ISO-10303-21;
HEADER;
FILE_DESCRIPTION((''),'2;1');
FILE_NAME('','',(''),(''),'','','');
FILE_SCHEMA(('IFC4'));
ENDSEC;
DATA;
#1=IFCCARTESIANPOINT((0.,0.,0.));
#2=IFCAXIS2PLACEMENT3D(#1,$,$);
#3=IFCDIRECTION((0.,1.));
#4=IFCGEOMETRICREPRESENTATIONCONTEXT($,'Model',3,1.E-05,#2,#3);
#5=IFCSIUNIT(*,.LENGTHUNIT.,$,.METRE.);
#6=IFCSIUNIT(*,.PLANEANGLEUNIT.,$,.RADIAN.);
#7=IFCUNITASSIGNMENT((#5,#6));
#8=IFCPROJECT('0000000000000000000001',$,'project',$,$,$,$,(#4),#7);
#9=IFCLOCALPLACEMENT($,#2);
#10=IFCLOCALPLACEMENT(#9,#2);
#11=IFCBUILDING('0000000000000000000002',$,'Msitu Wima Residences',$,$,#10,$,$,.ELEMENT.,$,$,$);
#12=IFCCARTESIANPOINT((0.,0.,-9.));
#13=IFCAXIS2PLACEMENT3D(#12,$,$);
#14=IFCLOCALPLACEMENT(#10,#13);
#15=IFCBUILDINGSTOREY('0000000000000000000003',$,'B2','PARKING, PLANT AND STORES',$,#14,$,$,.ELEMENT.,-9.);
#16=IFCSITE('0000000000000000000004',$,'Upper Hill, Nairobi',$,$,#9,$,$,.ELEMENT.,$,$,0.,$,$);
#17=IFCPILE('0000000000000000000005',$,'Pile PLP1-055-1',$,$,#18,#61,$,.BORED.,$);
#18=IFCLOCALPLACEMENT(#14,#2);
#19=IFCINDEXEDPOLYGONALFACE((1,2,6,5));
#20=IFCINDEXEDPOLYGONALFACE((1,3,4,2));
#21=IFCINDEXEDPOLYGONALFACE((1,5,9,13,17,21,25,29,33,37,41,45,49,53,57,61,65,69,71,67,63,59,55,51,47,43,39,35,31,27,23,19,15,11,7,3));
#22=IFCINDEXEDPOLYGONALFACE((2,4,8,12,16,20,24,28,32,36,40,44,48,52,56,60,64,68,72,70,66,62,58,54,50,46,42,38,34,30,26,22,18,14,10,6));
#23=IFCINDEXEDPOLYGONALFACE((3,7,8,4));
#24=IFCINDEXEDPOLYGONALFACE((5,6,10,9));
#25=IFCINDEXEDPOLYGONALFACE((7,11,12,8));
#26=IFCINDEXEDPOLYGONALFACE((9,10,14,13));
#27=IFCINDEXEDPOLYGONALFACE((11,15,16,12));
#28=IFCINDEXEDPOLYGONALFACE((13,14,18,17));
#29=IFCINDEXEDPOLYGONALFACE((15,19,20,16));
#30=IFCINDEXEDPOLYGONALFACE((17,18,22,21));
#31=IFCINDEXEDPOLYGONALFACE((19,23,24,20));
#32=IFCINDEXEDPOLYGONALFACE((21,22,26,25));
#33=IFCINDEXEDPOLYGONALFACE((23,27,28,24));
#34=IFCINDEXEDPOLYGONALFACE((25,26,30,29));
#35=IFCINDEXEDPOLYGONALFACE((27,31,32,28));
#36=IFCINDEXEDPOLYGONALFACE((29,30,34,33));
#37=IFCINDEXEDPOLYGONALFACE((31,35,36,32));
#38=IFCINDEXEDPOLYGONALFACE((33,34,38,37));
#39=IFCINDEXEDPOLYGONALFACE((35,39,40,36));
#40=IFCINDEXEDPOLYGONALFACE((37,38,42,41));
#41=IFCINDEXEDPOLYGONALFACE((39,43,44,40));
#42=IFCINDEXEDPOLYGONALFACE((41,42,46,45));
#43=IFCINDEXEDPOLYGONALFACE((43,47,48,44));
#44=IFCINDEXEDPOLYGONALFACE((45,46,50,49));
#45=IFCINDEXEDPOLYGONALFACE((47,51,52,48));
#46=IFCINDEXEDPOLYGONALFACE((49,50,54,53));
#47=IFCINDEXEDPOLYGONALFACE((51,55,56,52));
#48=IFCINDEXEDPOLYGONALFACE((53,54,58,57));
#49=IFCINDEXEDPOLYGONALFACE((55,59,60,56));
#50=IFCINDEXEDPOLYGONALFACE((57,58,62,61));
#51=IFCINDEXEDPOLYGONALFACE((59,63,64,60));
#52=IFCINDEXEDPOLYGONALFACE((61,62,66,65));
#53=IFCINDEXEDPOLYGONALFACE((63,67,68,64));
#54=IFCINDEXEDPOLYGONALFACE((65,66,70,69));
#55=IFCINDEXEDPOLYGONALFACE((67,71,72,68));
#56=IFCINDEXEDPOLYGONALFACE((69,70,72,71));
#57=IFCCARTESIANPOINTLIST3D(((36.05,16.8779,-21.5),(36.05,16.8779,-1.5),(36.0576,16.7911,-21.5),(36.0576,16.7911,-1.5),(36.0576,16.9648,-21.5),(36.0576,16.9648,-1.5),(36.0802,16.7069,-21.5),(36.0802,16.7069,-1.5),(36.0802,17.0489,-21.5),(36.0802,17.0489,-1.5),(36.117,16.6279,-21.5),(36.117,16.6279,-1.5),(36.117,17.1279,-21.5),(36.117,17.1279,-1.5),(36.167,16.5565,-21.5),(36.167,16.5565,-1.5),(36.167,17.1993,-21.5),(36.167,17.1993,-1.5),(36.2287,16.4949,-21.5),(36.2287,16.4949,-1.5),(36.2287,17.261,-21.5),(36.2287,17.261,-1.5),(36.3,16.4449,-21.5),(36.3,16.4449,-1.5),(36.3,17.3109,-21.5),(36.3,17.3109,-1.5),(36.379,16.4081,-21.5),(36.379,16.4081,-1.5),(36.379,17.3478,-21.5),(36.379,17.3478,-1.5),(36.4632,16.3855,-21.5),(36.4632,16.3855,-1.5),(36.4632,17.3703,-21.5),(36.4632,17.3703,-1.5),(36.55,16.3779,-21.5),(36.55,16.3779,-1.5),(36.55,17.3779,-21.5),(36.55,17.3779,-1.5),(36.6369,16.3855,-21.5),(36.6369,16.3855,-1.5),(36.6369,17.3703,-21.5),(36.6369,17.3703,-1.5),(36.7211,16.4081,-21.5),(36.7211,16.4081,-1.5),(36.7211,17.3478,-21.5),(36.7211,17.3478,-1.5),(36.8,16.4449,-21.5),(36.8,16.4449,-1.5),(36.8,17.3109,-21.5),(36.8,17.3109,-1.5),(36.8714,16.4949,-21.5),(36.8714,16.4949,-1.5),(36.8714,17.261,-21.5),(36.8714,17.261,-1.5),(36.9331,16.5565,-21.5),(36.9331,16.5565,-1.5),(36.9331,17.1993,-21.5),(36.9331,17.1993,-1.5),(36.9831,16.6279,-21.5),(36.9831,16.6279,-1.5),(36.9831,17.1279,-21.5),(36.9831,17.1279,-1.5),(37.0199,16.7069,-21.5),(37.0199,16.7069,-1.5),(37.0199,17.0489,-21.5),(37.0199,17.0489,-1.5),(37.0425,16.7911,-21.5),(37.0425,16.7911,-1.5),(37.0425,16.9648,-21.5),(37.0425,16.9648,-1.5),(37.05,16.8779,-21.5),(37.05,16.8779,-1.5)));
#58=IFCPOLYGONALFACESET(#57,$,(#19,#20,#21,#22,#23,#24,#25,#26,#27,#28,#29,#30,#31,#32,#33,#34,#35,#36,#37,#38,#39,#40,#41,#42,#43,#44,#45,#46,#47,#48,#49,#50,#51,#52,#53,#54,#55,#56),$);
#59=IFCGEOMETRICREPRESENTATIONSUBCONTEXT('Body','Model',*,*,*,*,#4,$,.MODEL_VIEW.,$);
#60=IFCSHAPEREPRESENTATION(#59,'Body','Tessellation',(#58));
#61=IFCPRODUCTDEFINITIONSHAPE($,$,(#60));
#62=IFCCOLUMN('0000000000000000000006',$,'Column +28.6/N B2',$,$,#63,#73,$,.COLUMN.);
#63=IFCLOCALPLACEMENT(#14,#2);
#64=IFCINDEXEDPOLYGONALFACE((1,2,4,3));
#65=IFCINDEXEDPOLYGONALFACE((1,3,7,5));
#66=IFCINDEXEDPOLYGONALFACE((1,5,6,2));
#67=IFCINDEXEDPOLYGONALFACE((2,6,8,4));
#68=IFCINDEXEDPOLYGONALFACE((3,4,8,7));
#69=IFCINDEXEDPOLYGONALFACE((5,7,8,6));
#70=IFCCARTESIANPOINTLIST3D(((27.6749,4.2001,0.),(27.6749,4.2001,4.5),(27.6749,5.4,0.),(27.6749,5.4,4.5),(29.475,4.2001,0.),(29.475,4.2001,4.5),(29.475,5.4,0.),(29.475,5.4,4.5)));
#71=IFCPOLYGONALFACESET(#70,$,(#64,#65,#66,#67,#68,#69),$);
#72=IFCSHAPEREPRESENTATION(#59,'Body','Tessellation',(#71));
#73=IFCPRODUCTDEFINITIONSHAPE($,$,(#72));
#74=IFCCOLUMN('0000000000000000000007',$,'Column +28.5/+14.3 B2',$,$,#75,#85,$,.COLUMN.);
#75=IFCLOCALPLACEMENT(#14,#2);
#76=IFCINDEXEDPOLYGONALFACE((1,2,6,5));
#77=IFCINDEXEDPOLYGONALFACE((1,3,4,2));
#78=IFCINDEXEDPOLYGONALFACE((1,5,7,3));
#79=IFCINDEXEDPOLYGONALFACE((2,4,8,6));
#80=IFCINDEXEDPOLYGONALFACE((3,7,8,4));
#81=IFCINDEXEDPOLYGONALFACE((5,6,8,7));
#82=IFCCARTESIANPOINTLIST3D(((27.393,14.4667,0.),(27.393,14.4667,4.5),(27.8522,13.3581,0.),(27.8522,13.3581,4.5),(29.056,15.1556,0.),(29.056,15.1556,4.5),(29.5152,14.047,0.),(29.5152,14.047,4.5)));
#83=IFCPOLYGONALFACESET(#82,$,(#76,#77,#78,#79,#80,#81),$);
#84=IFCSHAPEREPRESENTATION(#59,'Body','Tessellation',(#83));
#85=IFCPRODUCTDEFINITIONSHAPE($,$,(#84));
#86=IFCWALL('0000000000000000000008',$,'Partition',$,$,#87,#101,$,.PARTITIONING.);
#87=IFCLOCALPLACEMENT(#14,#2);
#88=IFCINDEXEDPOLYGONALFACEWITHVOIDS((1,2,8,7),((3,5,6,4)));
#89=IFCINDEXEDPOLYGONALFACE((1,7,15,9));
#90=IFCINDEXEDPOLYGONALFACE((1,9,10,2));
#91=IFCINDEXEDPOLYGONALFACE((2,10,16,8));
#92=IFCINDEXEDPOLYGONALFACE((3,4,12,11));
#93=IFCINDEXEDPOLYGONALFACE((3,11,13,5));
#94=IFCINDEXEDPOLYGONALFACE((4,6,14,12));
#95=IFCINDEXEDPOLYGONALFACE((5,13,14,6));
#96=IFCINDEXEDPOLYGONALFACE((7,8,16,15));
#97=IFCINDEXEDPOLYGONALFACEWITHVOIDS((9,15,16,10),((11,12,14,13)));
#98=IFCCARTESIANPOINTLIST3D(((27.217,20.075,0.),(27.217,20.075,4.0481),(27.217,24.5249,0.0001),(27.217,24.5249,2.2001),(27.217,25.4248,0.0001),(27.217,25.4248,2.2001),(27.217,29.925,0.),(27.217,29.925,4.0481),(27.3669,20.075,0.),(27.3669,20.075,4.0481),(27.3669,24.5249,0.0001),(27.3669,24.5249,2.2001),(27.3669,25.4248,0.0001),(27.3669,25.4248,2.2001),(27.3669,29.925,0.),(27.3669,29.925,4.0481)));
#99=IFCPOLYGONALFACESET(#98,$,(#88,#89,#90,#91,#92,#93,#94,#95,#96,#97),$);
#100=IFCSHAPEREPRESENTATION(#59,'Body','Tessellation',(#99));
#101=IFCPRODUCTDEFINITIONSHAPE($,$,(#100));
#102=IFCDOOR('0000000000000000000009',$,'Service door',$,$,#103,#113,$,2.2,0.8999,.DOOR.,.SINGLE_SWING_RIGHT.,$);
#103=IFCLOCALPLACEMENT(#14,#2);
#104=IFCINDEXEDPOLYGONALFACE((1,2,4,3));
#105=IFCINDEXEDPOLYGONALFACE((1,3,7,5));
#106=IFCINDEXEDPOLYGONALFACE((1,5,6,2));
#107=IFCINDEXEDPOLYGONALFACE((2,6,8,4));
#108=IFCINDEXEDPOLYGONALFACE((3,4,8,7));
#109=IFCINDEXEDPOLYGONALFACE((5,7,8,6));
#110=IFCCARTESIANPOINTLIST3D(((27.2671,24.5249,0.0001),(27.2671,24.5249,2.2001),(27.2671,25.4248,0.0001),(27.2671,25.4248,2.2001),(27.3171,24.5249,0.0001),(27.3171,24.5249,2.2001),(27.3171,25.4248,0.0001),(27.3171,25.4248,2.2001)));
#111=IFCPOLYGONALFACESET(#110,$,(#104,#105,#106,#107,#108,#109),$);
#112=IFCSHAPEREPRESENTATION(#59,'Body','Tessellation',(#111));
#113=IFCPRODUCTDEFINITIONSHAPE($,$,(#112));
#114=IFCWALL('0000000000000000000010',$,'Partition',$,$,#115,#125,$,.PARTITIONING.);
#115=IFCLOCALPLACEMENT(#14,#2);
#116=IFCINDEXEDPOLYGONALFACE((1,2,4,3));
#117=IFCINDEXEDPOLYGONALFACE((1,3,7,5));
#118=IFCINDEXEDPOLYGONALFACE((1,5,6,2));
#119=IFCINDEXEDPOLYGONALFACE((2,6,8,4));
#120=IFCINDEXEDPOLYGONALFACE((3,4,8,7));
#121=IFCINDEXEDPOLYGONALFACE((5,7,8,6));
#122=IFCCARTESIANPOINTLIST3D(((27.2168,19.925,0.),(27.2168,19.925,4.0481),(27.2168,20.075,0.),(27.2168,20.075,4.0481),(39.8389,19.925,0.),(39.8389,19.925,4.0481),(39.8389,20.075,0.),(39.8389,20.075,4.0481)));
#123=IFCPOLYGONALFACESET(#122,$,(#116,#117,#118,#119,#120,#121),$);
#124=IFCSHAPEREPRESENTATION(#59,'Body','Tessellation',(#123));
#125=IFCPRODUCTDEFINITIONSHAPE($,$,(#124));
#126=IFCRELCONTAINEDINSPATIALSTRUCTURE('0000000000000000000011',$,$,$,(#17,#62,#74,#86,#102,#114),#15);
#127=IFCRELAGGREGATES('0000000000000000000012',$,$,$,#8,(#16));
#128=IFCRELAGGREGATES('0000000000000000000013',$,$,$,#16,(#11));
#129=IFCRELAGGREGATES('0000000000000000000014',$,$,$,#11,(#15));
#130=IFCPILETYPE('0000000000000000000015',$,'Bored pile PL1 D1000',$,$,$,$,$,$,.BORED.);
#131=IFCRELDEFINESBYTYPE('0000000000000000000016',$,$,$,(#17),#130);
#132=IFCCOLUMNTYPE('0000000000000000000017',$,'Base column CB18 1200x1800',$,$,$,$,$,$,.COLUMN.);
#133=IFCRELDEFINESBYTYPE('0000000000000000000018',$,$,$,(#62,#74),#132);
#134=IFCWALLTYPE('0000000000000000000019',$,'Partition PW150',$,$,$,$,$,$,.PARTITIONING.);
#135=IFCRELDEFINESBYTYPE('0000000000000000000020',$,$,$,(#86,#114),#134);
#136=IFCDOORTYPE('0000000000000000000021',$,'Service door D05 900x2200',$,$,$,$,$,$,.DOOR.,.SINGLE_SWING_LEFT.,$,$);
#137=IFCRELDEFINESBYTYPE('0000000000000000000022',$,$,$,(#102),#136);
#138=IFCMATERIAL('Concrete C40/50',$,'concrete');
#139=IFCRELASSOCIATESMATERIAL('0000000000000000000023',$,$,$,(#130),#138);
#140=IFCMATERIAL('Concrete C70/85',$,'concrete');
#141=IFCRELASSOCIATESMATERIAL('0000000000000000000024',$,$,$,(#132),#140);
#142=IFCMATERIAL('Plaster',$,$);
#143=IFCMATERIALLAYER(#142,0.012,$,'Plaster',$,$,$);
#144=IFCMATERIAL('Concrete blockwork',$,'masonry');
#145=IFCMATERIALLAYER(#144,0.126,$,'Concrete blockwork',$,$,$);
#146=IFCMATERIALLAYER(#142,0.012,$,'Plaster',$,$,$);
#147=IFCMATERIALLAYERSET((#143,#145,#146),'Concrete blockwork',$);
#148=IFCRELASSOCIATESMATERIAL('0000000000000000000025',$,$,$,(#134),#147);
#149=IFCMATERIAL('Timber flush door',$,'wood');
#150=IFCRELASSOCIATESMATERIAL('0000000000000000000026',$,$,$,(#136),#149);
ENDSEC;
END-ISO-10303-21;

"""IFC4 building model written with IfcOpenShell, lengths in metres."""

from ifc_helpers import new_model, si_unit, direction, frame, frame_2d, origin, origin_2d, place, context, subcontext, project, spatial, rectangle, circle, extrude, material, layer, layer_set, material_profile, profile_set, type_object, element, fill, save


model = new_model("IFC4")

# Units and contexts
model_context = context("Model", 3, precision=1e-05, world=origin(), true_north=direction((0.0, 1.0)))
body_context = subcontext(model_context, "Body", "Model", "MODEL_VIEW")
ifc_project = project(units=[si_unit("LENGTHUNIT", "METRE"), si_unit("PLANEANGLEUNIT", "RADIAN")], contexts=[model_context])

# Site, building, storey
site_placement = place(None, origin())
site = spatial("IfcSite", under=ifc_project, at=site_placement, Name="Upper Hill, Nairobi", CompositionType="ELEMENT", RefElevation=0.0)
building_placement = place(site_placement, origin())
building = spatial("IfcBuilding", under=site, at=building_placement, Name="Msitu Wima Residences", CompositionType="ELEMENT")
storey_placement = place(building_placement, frame((0.0, 0.0, -9.0)))
storey = spatial("IfcBuildingStorey", under=building, at=storey_placement, Name="B2", Description="PARKING, PLANT AND STORES", CompositionType="ELEMENT", Elevation=-9.0)

# Pile
ifc_material_1 = material(Name="Concrete C40/50", Category="concrete")
pile_type_1 = type_object("IfcPileType", Name="Bored pile PL1 D1000", PredefinedType="BORED", material=ifc_material_1)
for number, where, z_axis, x_axis, name in (
    (1, (36.55, 16.8779, -1.5), (0.0, 0.0, -1.0), (1.0, 0.0, 0.0), "Pile PLP1-055-1"),
):
    element("IfcPile", number, at=place(storey_placement, frame(where, z_axis=z_axis, x_axis=x_axis)), inside=storey, type_object=pile_type_1, Name=name, PredefinedType="BORED", context=body_context, shape_type="SweptSolid", body=[
        extrude(circle(Radius=0.5, at=origin_2d()), origin(), (0.0, 0.0, 1.0), 20.0),
    ])

# Columns
ifc_material_2 = material(Name="Concrete C70/85", Category="concrete")
ifc_material_profile = material_profile(ifc_material_2, rectangle(XDim=1.2, YDim=1.8, at=origin_2d()), Name="RC 1200x1800")
ifc_profile_set = profile_set([ifc_material_profile], Name="Concrete C70/85")
column_type = type_object("IfcColumnType", Name="Base column CB18 1200x1800", PredefinedType="COLUMN", material=ifc_profile_set)
for number, where, z_axis, x_axis, name in (
    (2, (28.575, 4.8, 0.0), (0.0, 0.0, 1.0), (0.0, 1.0, 0.0), "Column +28.6/N B2"),
    (3, (28.4541, 14.2568, 0.0), (0.0, 0.0, 1.0), (-0.382683, 0.92388, 0.0), "Column +28.5/+14.3 B2"),
):
    element("IfcColumn", number, at=place(storey_placement, frame(where, z_axis=z_axis, x_axis=x_axis)), inside=storey, type_object=column_type, Name=name, PredefinedType="COLUMN", context=body_context, shape_type="SweptSolid", body=[
        extrude(rectangle(XDim=1.2, YDim=1.8, at=origin_2d()), origin(), (0.0, 0.0, 1.0), 4.5),
    ])

# Wall, opening, door
ifc_material_3 = material(Name="Plaster")
ifc_layer_1 = layer(ifc_material_3, 0.012, Name="Plaster")
ifc_material_4 = material(Name="Concrete blockwork", Category="masonry")
ifc_layer_2 = layer(ifc_material_4, 0.126, Name="Concrete blockwork")
ifc_layer_3 = layer(ifc_material_3, 0.012, Name="Plaster")
ifc_layer_set = layer_set([ifc_layer_1, ifc_layer_2, ifc_layer_3], Name="Concrete blockwork")
wall_type = type_object("IfcWallType", Name="Partition PW150", PredefinedType="PARTITIONING", material=ifc_layer_set)
wall_1_placement = place(storey_placement, frame((27.292, 20.075, 0.0), z_axis=(0.0, 0.0, 1.0), x_axis=(0.0, 1.0, 0.0)))
wall_1 = element("IfcWall", 4, at=wall_1_placement, inside=storey, type_object=wall_type, Name="Partition", PredefinedType="PARTITIONING", context=body_context, shape_type="SweptSolid", body=[
    extrude(rectangle(XDim=9.8501, YDim=0.1499, at=frame_2d((4.925, 0.0))), origin(), (0.0, 0.0, 1.0), 4.0481),
])
opening_placement = place(wall_1_placement, frame((4.45, 0.0, 0.0)))
opening = element("IfcOpeningElement", 5, at=opening_placement, cuts=wall_1, PredefinedType="OPENING", context=body_context, shape_type="SweptSolid", body=[
    extrude(rectangle(XDim=0.8999, YDim=2.2, at=frame_2d((0.45, 1.1001))), frame((0.0, 0.085, 0.0), z_axis=(0.0, -1.0, 0.0), x_axis=(1.0, 0.0, 0.0)), (0.0, 0.0, 1.0), 0.1699),
])
ifc_material_5 = material(Name="Timber flush door", Category="wood")
door_type = type_object("IfcDoorType", Name="Service door D05 900x2200", OperationType="SINGLE_SWING_LEFT", PredefinedType="DOOR", material=ifc_material_5)
door_placement = place(opening_placement, origin())
door = element("IfcDoor", 6, at=door_placement, inside=storey, type_object=door_type, Name="Service door", OperationType="SINGLE_SWING_RIGHT", OverallHeight=2.2, OverallWidth=0.8999, PredefinedType="DOOR", context=body_context, shape_type="SweptSolid", body=[
    extrude(rectangle(XDim=0.8999, YDim=2.2, at=frame_2d((0.45, 1.1001))), frame((0.0, 0.0249, 0.0), z_axis=(0.0, -1.0, 0.0), x_axis=(1.0, 0.0, 0.0)), (0.0, 0.0, 1.0), 0.05),
])
fill(opening, door)

# Wall
wall_2_placement = place(storey_placement, frame((27.2168, 20.0, 0.0), z_axis=(0.0, 0.0, 1.0), x_axis=(1.0, 0.0, 0.0)))
element("IfcWall", 7, at=wall_2_placement, inside=storey, type_object=wall_type, Name="Partition", PredefinedType="PARTITIONING", context=body_context, shape_type="SweptSolid", body=[
    extrude(rectangle(XDim=12.6221, YDim=0.1499, at=frame_2d((6.311, 0.0))), origin(), (0.0, 0.0, 1.0), 4.0481),
])

save(model, "model.ifc")
